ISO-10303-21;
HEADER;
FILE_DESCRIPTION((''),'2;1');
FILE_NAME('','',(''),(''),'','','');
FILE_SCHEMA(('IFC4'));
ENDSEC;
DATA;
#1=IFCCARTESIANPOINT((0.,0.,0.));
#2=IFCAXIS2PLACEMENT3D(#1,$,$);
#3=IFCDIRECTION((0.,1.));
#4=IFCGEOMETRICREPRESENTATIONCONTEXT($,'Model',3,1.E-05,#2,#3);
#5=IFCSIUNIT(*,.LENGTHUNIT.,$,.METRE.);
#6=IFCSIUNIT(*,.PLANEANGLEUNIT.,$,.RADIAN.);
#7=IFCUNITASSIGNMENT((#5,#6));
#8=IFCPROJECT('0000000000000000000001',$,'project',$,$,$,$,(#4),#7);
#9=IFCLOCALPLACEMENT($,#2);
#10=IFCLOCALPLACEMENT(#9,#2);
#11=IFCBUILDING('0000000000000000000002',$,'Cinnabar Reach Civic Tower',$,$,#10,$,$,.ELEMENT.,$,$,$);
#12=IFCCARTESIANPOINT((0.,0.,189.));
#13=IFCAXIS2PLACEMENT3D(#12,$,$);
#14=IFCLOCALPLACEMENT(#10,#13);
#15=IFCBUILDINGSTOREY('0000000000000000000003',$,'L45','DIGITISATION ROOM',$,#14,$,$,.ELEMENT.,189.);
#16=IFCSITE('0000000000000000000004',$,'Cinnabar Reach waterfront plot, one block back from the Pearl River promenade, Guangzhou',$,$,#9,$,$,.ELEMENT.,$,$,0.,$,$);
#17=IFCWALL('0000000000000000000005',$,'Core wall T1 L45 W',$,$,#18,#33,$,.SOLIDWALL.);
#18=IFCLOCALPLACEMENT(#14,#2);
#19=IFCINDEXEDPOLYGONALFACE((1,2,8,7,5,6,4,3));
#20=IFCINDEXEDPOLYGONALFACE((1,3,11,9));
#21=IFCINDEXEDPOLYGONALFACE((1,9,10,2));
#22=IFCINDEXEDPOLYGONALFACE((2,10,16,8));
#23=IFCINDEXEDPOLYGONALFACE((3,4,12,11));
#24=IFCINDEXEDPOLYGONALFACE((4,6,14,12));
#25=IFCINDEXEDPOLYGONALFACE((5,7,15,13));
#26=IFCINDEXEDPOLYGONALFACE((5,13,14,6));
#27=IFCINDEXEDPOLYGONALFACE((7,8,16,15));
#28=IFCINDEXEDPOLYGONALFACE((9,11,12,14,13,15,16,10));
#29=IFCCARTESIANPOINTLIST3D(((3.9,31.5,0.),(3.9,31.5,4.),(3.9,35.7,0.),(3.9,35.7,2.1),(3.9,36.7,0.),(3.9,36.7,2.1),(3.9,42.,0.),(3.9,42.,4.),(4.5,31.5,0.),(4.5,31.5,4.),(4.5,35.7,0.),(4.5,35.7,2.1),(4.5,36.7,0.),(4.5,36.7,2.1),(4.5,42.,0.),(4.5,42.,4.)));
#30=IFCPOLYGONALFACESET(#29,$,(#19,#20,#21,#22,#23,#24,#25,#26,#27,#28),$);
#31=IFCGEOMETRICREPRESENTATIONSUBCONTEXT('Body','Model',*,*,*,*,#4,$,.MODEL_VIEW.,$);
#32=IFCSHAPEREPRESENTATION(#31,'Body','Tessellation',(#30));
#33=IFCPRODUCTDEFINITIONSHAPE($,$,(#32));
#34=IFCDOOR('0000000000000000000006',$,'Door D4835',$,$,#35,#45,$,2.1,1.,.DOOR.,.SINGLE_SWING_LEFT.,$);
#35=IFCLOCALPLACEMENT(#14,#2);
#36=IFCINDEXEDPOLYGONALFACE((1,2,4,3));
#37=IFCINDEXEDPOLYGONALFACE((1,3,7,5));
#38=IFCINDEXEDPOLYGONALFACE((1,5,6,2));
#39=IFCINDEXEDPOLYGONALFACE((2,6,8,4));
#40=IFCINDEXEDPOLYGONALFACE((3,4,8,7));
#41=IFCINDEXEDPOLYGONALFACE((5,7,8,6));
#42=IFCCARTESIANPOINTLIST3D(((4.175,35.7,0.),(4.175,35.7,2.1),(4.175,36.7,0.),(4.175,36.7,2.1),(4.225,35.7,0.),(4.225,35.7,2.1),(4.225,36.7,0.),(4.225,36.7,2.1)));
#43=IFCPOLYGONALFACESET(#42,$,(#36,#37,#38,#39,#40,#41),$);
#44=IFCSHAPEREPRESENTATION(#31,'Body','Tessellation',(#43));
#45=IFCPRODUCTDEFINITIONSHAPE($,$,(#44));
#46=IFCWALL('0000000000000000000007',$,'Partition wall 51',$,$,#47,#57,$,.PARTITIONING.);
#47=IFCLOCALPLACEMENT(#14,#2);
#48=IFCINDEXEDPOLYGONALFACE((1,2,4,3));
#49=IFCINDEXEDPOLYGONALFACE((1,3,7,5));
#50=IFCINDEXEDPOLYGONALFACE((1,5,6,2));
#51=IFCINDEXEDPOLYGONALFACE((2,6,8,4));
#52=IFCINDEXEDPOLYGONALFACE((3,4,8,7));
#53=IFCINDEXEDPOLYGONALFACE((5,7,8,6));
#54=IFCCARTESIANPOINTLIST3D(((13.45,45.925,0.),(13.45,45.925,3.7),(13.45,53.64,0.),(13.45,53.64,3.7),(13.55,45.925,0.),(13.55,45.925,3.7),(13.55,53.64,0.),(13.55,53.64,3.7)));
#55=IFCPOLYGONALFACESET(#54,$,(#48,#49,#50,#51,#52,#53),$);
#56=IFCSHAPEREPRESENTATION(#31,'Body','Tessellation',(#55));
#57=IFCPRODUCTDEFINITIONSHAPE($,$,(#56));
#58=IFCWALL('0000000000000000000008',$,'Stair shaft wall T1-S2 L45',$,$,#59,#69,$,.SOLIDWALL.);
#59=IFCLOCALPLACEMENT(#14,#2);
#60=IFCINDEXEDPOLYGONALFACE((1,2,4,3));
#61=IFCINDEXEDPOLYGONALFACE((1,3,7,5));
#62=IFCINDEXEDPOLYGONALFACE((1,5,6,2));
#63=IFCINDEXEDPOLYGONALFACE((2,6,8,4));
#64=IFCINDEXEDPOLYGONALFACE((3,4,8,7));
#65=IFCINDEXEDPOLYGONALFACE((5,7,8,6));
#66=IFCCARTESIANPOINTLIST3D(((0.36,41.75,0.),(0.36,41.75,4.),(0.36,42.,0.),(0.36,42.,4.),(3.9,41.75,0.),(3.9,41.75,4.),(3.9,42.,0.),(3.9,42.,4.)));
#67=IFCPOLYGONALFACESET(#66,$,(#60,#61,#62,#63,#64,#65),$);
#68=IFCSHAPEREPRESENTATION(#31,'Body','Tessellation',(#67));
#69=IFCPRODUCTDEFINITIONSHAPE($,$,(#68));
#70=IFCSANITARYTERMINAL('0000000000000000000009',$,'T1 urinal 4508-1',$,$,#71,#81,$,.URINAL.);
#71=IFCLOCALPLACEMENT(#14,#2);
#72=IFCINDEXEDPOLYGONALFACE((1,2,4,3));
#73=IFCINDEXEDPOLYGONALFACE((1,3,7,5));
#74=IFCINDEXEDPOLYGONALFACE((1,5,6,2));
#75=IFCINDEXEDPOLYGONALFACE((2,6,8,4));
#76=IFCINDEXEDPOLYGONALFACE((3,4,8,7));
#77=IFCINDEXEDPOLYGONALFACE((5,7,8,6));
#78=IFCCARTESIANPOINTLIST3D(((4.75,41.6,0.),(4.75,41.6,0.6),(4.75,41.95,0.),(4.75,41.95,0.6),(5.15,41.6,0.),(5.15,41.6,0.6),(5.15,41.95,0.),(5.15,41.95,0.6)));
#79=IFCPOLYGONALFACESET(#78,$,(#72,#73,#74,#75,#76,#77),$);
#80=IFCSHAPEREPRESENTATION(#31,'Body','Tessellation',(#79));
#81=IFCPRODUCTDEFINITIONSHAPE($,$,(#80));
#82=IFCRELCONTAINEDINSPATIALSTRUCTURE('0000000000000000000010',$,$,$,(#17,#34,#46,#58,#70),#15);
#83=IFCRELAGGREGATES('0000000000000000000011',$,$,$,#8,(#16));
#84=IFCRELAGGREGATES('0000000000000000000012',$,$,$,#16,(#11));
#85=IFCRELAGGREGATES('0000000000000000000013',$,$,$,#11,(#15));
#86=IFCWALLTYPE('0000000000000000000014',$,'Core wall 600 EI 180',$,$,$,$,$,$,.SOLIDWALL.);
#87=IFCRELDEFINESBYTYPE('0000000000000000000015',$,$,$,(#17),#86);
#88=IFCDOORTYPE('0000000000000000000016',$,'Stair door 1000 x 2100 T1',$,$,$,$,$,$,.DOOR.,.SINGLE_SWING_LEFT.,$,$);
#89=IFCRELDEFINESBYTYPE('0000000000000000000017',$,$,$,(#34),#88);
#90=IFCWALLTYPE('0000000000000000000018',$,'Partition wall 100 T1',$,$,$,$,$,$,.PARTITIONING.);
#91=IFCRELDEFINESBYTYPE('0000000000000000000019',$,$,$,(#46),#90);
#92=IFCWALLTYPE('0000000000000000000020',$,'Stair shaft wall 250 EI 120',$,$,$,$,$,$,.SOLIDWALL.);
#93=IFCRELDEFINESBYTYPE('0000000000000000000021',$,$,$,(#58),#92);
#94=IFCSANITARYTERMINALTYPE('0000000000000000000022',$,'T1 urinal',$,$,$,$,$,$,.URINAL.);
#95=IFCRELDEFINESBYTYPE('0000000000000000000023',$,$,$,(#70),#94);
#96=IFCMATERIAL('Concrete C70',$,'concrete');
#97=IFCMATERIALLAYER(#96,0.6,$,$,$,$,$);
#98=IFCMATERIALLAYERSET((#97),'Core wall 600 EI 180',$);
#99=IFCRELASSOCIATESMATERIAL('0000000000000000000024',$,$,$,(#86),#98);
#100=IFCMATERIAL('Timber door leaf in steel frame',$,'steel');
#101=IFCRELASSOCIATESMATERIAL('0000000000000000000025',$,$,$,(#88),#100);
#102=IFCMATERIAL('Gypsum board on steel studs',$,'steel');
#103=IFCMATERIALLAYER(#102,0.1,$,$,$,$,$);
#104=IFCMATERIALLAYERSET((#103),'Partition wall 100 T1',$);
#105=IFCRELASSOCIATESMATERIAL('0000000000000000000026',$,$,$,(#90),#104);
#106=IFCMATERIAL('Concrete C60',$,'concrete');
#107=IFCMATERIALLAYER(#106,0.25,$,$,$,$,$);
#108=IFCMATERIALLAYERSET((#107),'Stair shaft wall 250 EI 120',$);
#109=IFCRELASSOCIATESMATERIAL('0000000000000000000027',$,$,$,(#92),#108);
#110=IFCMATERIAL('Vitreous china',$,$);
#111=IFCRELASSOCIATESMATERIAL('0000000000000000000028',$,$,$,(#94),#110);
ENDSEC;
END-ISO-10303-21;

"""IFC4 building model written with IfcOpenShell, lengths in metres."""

from ifc_helpers import new_model, si_unit, direction, frame, frame_2d, origin, origin_2d, place, context, subcontext, project, spatial, rectangle, extrude, material, layer, layer_set, type_object, element, fill, save


model = new_model("IFC4")

# Units and contexts
model_context = context("Model", 3, precision=1e-05, world=origin(), true_north=direction((0.0, 1.0)))
body_context = subcontext(model_context, "Body", "Model", "MODEL_VIEW")
ifc_project = project(units=[si_unit("LENGTHUNIT", "METRE"), si_unit("PLANEANGLEUNIT", "RADIAN")], contexts=[model_context])

# Site, building, storey
site_placement = place(None, origin())
site = spatial("IfcSite", under=ifc_project, at=site_placement, Name="Cinnabar Reach waterfront plot, one block back from the Pearl River promenade, Guangzhou", CompositionType="ELEMENT", RefElevation=0.0)
building_placement = place(site_placement, origin())
building = spatial("IfcBuilding", under=site, at=building_placement, Name="Cinnabar Reach Civic Tower", CompositionType="ELEMENT")
storey_placement = place(building_placement, frame((0.0, 0.0, 189.0)))
storey = spatial("IfcBuildingStorey", under=building, at=storey_placement, Name="L45", Description="DIGITISATION ROOM", CompositionType="ELEMENT", Elevation=189.0)

# Shared definitions
ifc_material_1 = material(Name="Concrete C70", Category="concrete")

# Wall, opening, door
ifc_layer_1 = layer(ifc_material_1, 0.6)
ifc_layer_set_1 = layer_set([ifc_layer_1], Name="Core wall 600 EI 180")
wall_type_1 = type_object("IfcWallType", Name="Core wall 600 EI 180", PredefinedType="SOLIDWALL", material=ifc_layer_set_1)
wall_1_placement = place(storey_placement, frame((4.2, 42.0, 0.0), z_axis=(0.0, 0.0, 1.0), x_axis=(0.0, -1.0, 0.0)))
wall_1 = element("IfcWall", 1, at=wall_1_placement, inside=storey, type_object=wall_type_1, Name="Core wall T1 L45 W", PredefinedType="SOLIDWALL", context=body_context, shape_type="SweptSolid", body=[
    extrude(rectangle(XDim=10.5, YDim=0.6, at=frame_2d((5.25, 0.0))), origin(), (0.0, 0.0, 1.0), 4.0),
])
opening_placement = place(wall_1_placement, frame((5.3, 0.0, 0.0)))
opening = element("IfcOpeningElement", 2, at=opening_placement, cuts=wall_1, PredefinedType="OPENING", context=body_context, shape_type="SweptSolid", body=[
    extrude(rectangle(XDim=1.0, YDim=2.1, at=frame_2d((0.5, 1.05))), frame((0.0, 0.31, 0.0), z_axis=(0.0, -1.0, 0.0), x_axis=(1.0, 0.0, 0.0)), (0.0, 0.0, 1.0), 0.62),
])
ifc_material_2 = material(Name="Timber door leaf in steel frame", Category="steel")
door_type = type_object("IfcDoorType", Name="Stair door 1000 x 2100 T1", OperationType="SINGLE_SWING_LEFT", PredefinedType="DOOR", material=ifc_material_2)
door_placement = place(opening_placement, frame((1.0, 0.0, 0.0), z_axis=(0.0, 0.0, 1.0), x_axis=(-1.0, 0.0, 0.0)))
door = element("IfcDoor", 3, at=door_placement, inside=storey, type_object=door_type, Name="Door D4835", OperationType="SINGLE_SWING_LEFT", OverallHeight=2.1, OverallWidth=1.0, PredefinedType="DOOR", context=body_context, shape_type="SweptSolid", body=[
    extrude(rectangle(XDim=1.0, YDim=2.1, at=frame_2d((0.5, 1.05))), frame((0.0, 0.025, 0.0), z_axis=(0.0, -1.0, 0.0), x_axis=(1.0, 0.0, 0.0)), (0.0, 0.0, 1.0), 0.05),
])
fill(opening, door)

# Walls
ifc_material_3 = material(Name="Gypsum board on steel studs", Category="steel")
ifc_layer_2 = layer(ifc_material_3, 0.1)
ifc_layer_set_2 = layer_set([ifc_layer_2], Name="Partition wall 100 T1")
wall_type_2 = type_object("IfcWallType", Name="Partition wall 100 T1", PredefinedType="PARTITIONING", material=ifc_layer_set_2)
wall_2_placement = place(storey_placement, frame((13.5, 45.925, 0.0), z_axis=(0.0, 0.0, 1.0), x_axis=(0.0, 1.0, 0.0)))
element("IfcWall", 4, at=wall_2_placement, inside=storey, type_object=wall_type_2, Name="Partition wall 51", PredefinedType="PARTITIONING", context=body_context, shape_type="SweptSolid", body=[
    extrude(rectangle(XDim=7.715, YDim=0.1, at=frame_2d((3.8575, 0.0))), origin(), (0.0, 0.0, 1.0), 3.7),
])
ifc_material_4 = material(Name="Concrete C60", Category="concrete")
ifc_layer_3 = layer(ifc_material_4, 0.25)
ifc_layer_set_3 = layer_set([ifc_layer_3], Name="Stair shaft wall 250 EI 120")
wall_type_3 = type_object("IfcWallType", Name="Stair shaft wall 250 EI 120", PredefinedType="SOLIDWALL", material=ifc_layer_set_3)
wall_3_placement = place(storey_placement, frame((3.9, 41.875, 0.0), z_axis=(0.0, 0.0, 1.0), x_axis=(-1.0, 0.0, 0.0)))
element("IfcWall", 5, at=wall_3_placement, inside=storey, type_object=wall_type_3, Name="Stair shaft wall T1-S2 L45", PredefinedType="SOLIDWALL", context=body_context, shape_type="SweptSolid", body=[
    extrude(rectangle(XDim=3.54, YDim=0.25, at=frame_2d((1.77, 0.0))), origin(), (0.0, 0.0, 1.0), 4.0),
])

# Sanitary terminal
ifc_material_5 = material(Name="Vitreous china")
sanitary_terminal_type = type_object("IfcSanitaryTerminalType", Name="T1 urinal", PredefinedType="URINAL", material=ifc_material_5)
sanitary_terminal_placement = place(storey_placement, frame((4.95, 41.775, 0.0), z_axis=(0.0, 0.0, 1.0), x_axis=(1.0, 0.0, 0.0)))
element("IfcSanitaryTerminal", 6, at=sanitary_terminal_placement, inside=storey, type_object=sanitary_terminal_type, Name="T1 urinal 4508-1", PredefinedType="URINAL", context=body_context, shape_type="SweptSolid", body=[
    extrude(rectangle(XDim=0.4, YDim=0.35, at=origin_2d()), origin(), (0.0, 0.0, 1.0), 0.6),
])

save(model, "model.ifc")
